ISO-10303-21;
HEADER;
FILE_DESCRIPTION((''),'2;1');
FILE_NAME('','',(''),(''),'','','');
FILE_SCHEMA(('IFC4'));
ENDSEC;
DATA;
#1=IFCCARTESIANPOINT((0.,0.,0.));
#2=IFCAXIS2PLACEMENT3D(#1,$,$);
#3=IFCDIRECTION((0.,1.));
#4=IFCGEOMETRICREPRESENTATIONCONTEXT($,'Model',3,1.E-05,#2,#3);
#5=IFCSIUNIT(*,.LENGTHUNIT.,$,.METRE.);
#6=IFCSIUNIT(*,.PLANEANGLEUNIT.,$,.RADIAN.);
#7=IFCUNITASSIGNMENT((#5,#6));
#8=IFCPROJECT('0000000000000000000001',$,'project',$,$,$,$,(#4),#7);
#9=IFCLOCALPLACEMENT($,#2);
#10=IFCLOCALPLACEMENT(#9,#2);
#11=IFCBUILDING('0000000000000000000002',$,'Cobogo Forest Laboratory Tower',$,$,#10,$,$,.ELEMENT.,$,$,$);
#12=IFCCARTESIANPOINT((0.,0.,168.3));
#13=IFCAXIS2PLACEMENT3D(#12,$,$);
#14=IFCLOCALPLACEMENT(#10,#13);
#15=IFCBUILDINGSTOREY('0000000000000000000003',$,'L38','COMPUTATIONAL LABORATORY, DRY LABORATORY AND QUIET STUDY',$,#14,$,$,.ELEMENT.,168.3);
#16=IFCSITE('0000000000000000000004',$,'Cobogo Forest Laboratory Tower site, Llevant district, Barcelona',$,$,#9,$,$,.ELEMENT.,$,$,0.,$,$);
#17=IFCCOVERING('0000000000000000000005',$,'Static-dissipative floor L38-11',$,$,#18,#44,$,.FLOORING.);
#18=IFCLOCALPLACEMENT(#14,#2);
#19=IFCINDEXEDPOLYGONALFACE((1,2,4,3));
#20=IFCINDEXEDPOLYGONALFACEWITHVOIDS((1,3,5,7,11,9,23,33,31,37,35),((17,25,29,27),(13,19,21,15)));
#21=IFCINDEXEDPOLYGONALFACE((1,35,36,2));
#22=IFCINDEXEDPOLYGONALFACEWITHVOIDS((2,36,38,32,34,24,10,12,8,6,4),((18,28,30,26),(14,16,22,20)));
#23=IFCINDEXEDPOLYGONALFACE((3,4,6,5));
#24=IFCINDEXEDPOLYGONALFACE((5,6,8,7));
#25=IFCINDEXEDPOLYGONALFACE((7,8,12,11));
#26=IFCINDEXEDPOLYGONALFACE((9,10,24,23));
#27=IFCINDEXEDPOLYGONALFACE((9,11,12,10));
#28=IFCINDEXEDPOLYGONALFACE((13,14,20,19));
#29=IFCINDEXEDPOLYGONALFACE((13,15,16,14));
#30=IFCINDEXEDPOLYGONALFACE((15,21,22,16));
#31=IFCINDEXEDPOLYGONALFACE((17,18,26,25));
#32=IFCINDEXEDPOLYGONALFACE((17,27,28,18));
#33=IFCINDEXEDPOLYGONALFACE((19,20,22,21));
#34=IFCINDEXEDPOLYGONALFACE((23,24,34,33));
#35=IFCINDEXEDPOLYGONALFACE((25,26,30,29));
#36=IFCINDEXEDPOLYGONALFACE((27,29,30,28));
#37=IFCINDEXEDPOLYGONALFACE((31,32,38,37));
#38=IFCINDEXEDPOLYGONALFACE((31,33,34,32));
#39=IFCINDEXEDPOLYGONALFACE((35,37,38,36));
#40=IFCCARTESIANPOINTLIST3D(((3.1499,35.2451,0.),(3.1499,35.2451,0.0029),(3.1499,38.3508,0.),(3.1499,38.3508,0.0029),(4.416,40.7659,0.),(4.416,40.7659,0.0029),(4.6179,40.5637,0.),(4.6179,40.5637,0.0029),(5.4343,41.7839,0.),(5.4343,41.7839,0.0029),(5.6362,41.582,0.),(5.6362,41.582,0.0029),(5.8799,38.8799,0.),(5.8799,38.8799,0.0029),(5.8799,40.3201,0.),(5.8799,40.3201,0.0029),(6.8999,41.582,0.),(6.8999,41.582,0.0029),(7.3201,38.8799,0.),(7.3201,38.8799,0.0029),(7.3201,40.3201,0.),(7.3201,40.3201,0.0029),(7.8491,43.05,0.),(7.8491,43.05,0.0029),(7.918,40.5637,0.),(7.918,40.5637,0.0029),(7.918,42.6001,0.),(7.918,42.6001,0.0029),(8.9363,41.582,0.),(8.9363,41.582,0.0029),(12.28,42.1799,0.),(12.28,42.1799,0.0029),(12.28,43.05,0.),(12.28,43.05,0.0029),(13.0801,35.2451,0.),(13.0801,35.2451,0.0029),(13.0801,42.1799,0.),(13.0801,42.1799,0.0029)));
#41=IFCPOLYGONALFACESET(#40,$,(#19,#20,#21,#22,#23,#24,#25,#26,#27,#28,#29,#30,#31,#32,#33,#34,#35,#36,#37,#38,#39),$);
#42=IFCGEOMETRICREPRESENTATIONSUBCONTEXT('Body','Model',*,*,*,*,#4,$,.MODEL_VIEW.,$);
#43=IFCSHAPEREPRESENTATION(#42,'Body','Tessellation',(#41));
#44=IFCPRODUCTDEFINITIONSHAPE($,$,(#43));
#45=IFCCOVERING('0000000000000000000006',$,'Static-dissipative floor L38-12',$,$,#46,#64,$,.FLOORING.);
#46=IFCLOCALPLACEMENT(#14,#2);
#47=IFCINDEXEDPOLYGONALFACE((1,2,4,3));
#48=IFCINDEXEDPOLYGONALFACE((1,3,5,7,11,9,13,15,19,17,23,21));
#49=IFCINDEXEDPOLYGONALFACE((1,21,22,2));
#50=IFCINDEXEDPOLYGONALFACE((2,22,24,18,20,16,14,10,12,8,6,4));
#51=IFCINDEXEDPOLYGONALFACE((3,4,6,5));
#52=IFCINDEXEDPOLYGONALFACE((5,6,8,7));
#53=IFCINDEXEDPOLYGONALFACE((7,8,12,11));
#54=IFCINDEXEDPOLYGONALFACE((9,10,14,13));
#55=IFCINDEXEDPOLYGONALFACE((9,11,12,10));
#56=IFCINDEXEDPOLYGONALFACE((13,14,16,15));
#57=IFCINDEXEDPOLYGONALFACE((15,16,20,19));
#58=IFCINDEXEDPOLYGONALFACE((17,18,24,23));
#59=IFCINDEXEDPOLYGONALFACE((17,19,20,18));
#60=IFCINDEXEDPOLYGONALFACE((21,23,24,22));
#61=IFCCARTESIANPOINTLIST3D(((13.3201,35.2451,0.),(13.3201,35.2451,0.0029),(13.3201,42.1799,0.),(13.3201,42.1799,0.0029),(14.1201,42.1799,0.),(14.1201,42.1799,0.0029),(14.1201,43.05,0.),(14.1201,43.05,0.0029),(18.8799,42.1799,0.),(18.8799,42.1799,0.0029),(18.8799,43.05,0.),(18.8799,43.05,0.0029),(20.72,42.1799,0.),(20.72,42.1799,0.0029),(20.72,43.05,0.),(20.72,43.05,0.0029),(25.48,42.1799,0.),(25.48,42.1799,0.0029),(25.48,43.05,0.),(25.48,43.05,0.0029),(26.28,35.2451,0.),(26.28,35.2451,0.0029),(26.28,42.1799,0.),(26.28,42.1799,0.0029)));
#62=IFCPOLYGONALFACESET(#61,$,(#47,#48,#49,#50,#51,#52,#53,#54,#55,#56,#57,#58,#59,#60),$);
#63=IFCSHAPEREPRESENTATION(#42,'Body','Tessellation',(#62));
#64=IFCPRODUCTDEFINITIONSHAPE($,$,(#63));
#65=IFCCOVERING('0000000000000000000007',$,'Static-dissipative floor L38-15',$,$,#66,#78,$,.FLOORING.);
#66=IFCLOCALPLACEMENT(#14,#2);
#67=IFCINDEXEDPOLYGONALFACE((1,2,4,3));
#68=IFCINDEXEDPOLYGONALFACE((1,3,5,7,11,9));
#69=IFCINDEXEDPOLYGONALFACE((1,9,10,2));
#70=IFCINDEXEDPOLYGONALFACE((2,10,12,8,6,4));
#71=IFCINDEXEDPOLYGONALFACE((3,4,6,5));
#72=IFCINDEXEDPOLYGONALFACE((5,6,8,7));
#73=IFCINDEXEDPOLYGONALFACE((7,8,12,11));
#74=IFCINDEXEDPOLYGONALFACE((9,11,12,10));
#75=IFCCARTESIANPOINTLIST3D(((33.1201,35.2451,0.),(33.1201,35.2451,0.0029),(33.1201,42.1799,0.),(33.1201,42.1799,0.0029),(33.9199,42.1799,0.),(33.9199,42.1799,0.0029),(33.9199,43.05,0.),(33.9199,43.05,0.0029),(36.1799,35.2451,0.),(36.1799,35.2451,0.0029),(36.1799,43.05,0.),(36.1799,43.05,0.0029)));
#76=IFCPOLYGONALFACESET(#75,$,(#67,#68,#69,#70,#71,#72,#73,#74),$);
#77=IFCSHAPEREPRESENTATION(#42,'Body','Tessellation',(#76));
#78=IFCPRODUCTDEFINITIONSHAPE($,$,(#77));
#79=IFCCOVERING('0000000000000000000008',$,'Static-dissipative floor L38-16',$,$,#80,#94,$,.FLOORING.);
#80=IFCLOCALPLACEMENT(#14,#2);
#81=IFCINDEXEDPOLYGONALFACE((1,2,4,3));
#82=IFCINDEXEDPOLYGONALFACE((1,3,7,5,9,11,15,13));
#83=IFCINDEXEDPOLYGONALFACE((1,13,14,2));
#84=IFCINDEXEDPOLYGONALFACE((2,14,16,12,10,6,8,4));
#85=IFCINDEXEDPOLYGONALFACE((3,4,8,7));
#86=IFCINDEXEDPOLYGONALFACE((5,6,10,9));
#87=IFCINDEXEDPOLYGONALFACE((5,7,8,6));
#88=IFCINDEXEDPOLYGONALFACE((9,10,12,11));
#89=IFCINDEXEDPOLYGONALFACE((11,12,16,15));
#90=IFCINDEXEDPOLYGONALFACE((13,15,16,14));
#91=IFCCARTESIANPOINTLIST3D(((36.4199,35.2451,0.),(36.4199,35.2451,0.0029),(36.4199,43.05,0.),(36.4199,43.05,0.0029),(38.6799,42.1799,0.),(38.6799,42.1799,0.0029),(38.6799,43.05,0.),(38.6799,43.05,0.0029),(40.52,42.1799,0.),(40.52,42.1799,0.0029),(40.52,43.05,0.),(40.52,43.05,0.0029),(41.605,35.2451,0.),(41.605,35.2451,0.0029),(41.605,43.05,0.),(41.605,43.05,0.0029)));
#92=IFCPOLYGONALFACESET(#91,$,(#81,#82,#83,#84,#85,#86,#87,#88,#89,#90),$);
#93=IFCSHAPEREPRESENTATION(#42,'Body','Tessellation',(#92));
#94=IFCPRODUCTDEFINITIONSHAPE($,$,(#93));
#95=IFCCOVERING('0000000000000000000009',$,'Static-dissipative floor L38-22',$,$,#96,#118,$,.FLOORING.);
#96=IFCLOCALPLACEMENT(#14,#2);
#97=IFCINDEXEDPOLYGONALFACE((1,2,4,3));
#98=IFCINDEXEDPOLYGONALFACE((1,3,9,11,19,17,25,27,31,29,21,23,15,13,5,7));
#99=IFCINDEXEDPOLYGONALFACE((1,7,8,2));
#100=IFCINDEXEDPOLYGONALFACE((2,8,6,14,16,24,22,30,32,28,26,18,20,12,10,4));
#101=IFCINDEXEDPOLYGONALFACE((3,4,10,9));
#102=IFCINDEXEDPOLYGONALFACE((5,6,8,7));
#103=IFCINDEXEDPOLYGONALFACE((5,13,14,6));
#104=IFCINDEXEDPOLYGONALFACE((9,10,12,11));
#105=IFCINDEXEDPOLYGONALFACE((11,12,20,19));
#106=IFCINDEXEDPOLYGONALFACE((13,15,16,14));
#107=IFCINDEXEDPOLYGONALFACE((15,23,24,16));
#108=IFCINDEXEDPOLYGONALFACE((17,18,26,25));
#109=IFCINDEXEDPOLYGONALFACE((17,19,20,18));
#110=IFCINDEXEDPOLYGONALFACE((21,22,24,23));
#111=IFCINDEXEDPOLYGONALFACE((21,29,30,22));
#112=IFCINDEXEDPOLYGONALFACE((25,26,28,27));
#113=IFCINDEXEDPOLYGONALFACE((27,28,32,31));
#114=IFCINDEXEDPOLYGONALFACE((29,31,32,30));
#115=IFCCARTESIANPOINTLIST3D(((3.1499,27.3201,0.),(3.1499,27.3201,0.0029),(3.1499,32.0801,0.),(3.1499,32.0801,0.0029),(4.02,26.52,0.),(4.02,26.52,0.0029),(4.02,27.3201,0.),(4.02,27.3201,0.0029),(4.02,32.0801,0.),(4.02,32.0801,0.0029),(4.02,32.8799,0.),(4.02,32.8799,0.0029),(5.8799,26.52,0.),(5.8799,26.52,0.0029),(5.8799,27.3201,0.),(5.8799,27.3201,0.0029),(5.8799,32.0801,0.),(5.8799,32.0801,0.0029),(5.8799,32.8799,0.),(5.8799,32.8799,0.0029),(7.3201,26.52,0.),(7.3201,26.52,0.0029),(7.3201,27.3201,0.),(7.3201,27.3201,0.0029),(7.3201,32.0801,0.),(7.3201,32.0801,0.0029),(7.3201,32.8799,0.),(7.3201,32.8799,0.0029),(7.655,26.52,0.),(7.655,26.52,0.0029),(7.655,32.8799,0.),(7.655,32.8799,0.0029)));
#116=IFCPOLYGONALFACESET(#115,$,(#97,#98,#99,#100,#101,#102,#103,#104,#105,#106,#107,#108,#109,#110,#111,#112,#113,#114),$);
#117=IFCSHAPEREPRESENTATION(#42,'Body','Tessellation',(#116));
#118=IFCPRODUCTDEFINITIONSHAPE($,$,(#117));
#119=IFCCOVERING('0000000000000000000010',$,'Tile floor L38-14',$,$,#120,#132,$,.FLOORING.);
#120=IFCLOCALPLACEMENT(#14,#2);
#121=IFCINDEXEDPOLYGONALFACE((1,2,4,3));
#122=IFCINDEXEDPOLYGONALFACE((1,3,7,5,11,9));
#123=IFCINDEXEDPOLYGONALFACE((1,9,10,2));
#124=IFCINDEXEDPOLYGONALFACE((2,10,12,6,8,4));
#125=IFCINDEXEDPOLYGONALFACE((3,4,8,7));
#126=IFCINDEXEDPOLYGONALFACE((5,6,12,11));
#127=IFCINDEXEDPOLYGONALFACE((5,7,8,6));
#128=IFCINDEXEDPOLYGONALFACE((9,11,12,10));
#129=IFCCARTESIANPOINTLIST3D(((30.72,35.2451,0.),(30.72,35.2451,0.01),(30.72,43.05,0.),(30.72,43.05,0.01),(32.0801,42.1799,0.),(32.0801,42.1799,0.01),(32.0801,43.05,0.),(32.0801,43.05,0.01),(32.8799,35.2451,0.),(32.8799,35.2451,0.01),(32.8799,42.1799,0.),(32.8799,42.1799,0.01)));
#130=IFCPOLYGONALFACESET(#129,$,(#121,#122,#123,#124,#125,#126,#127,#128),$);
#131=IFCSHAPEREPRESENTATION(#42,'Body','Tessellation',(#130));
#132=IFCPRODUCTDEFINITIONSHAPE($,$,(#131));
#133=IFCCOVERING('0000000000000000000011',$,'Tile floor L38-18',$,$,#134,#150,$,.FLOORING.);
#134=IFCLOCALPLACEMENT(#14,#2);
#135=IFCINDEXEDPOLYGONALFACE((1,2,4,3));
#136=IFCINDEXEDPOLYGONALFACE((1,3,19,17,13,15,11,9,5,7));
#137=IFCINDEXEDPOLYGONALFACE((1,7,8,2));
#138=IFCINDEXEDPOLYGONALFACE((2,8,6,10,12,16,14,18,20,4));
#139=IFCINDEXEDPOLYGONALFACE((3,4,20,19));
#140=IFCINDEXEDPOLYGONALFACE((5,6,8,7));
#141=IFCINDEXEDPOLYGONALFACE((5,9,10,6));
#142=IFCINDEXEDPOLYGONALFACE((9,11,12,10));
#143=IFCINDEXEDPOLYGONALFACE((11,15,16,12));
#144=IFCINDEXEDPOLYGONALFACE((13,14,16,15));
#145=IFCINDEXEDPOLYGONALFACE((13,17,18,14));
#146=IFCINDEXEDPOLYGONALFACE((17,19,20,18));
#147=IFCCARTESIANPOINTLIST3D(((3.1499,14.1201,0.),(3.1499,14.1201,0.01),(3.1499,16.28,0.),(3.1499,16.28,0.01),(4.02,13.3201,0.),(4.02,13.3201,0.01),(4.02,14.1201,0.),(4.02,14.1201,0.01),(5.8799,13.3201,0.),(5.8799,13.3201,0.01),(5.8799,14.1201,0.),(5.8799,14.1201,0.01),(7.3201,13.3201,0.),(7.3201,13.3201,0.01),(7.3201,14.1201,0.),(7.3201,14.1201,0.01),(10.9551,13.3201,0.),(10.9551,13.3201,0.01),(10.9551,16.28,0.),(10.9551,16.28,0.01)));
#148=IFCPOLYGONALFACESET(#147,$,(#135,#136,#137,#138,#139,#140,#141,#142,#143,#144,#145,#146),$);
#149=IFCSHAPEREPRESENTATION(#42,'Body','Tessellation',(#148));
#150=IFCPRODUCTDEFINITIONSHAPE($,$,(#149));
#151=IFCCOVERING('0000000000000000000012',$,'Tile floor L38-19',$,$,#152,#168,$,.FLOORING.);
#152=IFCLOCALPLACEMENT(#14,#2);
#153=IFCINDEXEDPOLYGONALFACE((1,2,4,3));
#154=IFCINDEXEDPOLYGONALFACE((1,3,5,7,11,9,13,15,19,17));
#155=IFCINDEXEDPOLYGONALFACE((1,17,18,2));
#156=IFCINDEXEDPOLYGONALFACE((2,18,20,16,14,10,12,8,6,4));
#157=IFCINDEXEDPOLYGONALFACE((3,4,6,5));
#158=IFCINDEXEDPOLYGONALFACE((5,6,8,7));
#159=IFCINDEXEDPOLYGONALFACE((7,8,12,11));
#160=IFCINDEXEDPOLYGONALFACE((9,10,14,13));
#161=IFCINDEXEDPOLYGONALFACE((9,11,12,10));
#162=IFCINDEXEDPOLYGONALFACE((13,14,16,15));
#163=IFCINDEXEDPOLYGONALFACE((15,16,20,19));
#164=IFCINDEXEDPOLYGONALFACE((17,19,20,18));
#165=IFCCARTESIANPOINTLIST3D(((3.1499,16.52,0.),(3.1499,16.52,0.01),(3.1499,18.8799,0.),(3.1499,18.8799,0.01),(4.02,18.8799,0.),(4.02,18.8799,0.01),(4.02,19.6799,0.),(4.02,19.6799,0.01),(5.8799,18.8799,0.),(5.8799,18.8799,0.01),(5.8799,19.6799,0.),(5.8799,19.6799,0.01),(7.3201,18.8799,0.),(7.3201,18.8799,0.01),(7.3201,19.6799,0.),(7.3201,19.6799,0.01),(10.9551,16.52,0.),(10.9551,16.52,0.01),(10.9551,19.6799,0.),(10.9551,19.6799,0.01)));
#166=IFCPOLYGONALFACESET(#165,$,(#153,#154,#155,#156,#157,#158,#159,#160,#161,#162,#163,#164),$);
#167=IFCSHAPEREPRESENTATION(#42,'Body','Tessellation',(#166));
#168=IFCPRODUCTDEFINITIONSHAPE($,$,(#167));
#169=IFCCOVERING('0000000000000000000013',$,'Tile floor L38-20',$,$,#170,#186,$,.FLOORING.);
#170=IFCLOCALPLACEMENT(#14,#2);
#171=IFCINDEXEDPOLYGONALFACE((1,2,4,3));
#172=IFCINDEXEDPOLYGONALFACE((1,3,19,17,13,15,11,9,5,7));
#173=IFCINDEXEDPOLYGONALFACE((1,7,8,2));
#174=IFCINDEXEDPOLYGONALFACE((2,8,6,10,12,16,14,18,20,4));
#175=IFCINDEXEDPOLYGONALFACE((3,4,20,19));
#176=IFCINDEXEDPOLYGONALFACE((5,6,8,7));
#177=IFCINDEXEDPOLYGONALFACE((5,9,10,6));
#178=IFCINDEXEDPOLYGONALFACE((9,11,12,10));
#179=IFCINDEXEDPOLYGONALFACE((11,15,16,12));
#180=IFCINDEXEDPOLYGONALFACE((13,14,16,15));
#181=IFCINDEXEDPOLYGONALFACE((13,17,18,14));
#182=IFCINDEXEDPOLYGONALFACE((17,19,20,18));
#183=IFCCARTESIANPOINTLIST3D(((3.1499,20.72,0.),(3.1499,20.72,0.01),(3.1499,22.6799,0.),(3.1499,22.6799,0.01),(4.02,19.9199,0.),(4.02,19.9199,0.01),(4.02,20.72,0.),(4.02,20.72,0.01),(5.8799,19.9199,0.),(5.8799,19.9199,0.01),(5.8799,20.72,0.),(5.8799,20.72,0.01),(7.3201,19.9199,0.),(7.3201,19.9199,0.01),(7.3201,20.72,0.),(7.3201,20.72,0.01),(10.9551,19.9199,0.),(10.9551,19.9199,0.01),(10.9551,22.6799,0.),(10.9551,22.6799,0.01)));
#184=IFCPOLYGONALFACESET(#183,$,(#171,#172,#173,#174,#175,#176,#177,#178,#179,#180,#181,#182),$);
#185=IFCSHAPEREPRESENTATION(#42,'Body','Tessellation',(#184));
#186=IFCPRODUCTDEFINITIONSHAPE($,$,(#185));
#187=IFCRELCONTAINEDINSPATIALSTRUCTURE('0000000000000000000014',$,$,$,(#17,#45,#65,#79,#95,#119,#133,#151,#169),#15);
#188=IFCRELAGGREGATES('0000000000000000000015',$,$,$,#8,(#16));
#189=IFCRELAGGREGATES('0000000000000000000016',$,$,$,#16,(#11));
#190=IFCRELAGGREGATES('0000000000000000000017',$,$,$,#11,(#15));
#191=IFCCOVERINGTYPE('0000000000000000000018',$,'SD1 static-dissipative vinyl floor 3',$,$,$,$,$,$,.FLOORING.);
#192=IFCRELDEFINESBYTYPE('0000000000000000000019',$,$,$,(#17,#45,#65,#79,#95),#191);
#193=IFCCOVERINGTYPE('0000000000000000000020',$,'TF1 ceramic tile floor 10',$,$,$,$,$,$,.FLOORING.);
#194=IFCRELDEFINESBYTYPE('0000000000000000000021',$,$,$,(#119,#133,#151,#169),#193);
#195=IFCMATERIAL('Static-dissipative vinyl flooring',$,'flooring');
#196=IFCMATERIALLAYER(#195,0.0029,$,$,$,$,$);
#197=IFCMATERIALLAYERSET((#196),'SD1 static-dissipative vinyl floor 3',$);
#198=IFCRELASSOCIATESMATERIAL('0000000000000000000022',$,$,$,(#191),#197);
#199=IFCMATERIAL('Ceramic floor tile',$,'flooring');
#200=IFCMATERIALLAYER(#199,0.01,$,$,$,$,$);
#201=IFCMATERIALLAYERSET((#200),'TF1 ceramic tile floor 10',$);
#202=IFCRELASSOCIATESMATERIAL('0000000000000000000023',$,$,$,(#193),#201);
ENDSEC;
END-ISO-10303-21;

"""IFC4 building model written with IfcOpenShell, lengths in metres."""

from ifc_helpers import new_model, si_unit, direction, frame, origin, place, context, subcontext, project, spatial, polyline, outline, extrude, material, layer, layer_set, type_object, element, save


model = new_model("IFC4")

# Units and contexts
model_context = context("Model", 3, precision=1e-05, world=origin(), true_north=direction((0.0, 1.0)))
body_context = subcontext(model_context, "Body", "Model", "MODEL_VIEW")
ifc_project = project(units=[si_unit("LENGTHUNIT", "METRE"), si_unit("PLANEANGLEUNIT", "RADIAN")], contexts=[model_context])

# Site, building, storey
site_placement = place(None, origin())
site = spatial("IfcSite", under=ifc_project, at=site_placement, Name="Cobogo Forest Laboratory Tower site, Llevant district, Barcelona", CompositionType="ELEMENT", RefElevation=0.0)
building_placement = place(site_placement, origin())
building = spatial("IfcBuilding", under=site, at=building_placement, Name="Cobogo Forest Laboratory Tower", CompositionType="ELEMENT")
storey_placement = place(building_placement, frame((0.0, 0.0, 168.3)))
storey = spatial("IfcBuildingStorey", under=building, at=storey_placement, Name="L38", Description="COMPUTATIONAL LABORATORY, DRY LABORATORY AND QUIET STUDY", CompositionType="ELEMENT", Elevation=168.3)

# Coverings
ifc_material_1 = material(Name="Static-dissipative vinyl flooring", Category="flooring")
ifc_layer_1 = layer(ifc_material_1, 0.0029)
ifc_layer_set_1 = layer_set([ifc_layer_1], Name="SD1 static-dissipative vinyl floor 3")
covering_type_1 = type_object("IfcCoveringType", Name="SD1 static-dissipative vinyl floor 3", PredefinedType="FLOORING", material=ifc_layer_set_1)
covering_1_placement = place(storey_placement, origin())
element("IfcCovering", 1, at=covering_1_placement, inside=storey, type_object=covering_type_1, Name="Static-dissipative floor L38-11", PredefinedType="FLOORING", context=body_context, shape_type="SweptSolid", body=[
    extrude(outline(polyline([(3.1499, 35.2451), (3.1499, 38.3508), (4.416, 40.7659), (4.6179, 40.5637), (5.6362, 41.582), (5.4343, 41.7839), (7.8491, 43.05), (12.28, 43.05), (12.28, 42.1799), (13.0801, 42.1799), (13.0801, 35.2451), (3.1499, 35.2451)]), holes=[polyline([(7.918, 40.5637), (8.9363, 41.582), (7.918, 42.6001), (6.8999, 41.582), (7.918, 40.5637)]), polyline([(5.8799, 38.8799), (7.3201, 38.8799), (7.3201, 40.3201), (5.8799, 40.3201), (5.8799, 38.8799)])]), origin(), (0.0, 0.0, 1.0), 0.0029),
])
covering_2_placement = place(storey_placement, origin())
element("IfcCovering", 2, at=covering_2_placement, inside=storey, type_object=covering_type_1, Name="Static-dissipative floor L38-12", PredefinedType="FLOORING", context=body_context, shape_type="SweptSolid", body=[
    extrude(outline(polyline([(13.3201, 35.2451), (13.3201, 42.1799), (14.1201, 42.1799), (14.1201, 43.05), (18.8799, 43.05), (18.8799, 42.1799), (20.72, 42.1799), (20.72, 43.05), (25.48, 43.05), (25.48, 42.1799), (26.28, 42.1799), (26.28, 35.2451), (13.3201, 35.2451)])), origin(), (0.0, 0.0, 1.0), 0.0029),
])
covering_3_placement = place(storey_placement, origin())
element("IfcCovering", 3, at=covering_3_placement, inside=storey, type_object=covering_type_1, Name="Static-dissipative floor L38-15", PredefinedType="FLOORING", context=body_context, shape_type="SweptSolid", body=[
    extrude(outline(polyline([(33.1201, 35.2451), (33.1201, 42.1799), (33.9199, 42.1799), (33.9199, 43.05), (36.1799, 43.05), (36.1799, 35.2451), (33.1201, 35.2451)])), origin(), (0.0, 0.0, 1.0), 0.0029),
])
covering_4_placement = place(storey_placement, origin())
element("IfcCovering", 4, at=covering_4_placement, inside=storey, type_object=covering_type_1, Name="Static-dissipative floor L38-16", PredefinedType="FLOORING", context=body_context, shape_type="SweptSolid", body=[
    extrude(outline(polyline([(36.4199, 35.2451), (36.4199, 43.05), (38.6799, 43.05), (38.6799, 42.1799), (40.52, 42.1799), (40.52, 43.05), (41.605, 43.05), (41.605, 35.2451), (36.4199, 35.2451)])), origin(), (0.0, 0.0, 1.0), 0.0029),
])
covering_5_placement = place(storey_placement, origin())
element("IfcCovering", 5, at=covering_5_placement, inside=storey, type_object=covering_type_1, Name="Static-dissipative floor L38-22", PredefinedType="FLOORING", context=body_context, shape_type="SweptSolid", body=[
    extrude(outline(polyline([(7.655, 26.52), (7.3201, 26.52), (7.3201, 27.3201), (5.8799, 27.3201), (5.8799, 26.52), (4.02, 26.52), (4.02, 27.3201), (3.1499, 27.3201), (3.1499, 32.0801), (4.02, 32.0801), (4.02, 32.8799), (5.8799, 32.8799), (5.8799, 32.0801), (7.3201, 32.0801), (7.3201, 32.8799), (7.655, 32.8799), (7.655, 26.52)])), origin(), (0.0, 0.0, 1.0), 0.0029),
])
ifc_material_2 = material(Name="Ceramic floor tile", Category="flooring")
ifc_layer_2 = layer(ifc_material_2, 0.01)
ifc_layer_set_2 = layer_set([ifc_layer_2], Name="TF1 ceramic tile floor 10")
covering_type_2 = type_object("IfcCoveringType", Name="TF1 ceramic tile floor 10", PredefinedType="FLOORING", material=ifc_layer_set_2)
covering_6_placement = place(storey_placement, origin())
element("IfcCovering", 6, at=covering_6_placement, inside=storey, type_object=covering_type_2, Name="Tile floor L38-14", PredefinedType="FLOORING", context=body_context, shape_type="SweptSolid", body=[
    extrude(outline(polyline([(30.72, 35.2451), (30.72, 43.05), (32.0801, 43.05), (32.0801, 42.1799), (32.8799, 42.1799), (32.8799, 35.2451), (30.72, 35.2451)])), origin(), (0.0, 0.0, 1.0), 0.01),
])
covering_7_placement = place(storey_placement, origin())
element("IfcCovering", 7, at=covering_7_placement, inside=storey, type_object=covering_type_2, Name="Tile floor L38-18", PredefinedType="FLOORING", context=body_context, shape_type="SweptSolid", body=[
    extrude(outline(polyline([(10.9551, 13.3201), (7.3201, 13.3201), (7.3201, 14.1201), (5.8799, 14.1201), (5.8799, 13.3201), (4.02, 13.3201), (4.02, 14.1201), (3.1499, 14.1201), (3.1499, 16.28), (10.9551, 16.28), (10.9551, 13.3201)])), origin(), (0.0, 0.0, 1.0), 0.01),
])
covering_8_placement = place(storey_placement, origin())
element("IfcCovering", 8, at=covering_8_placement, inside=storey, type_object=covering_type_2, Name="Tile floor L38-19", PredefinedType="FLOORING", context=body_context, shape_type="SweptSolid", body=[
    extrude(outline(polyline([(10.9551, 16.52), (3.1499, 16.52), (3.1499, 18.8799), (4.02, 18.8799), (4.02, 19.6799), (5.8799, 19.6799), (5.8799, 18.8799), (7.3201, 18.8799), (7.3201, 19.6799), (10.9551, 19.6799), (10.9551, 16.52)])), origin(), (0.0, 0.0, 1.0), 0.01),
])
covering_9_placement = place(storey_placement, origin())
element("IfcCovering", 9, at=covering_9_placement, inside=storey, type_object=covering_type_2, Name="Tile floor L38-20", PredefinedType="FLOORING", context=body_context, shape_type="SweptSolid", body=[
    extrude(outline(polyline([(10.9551, 19.9199), (7.3201, 19.9199), (7.3201, 20.72), (5.8799, 20.72), (5.8799, 19.9199), (4.02, 19.9199), (4.02, 20.72), (3.1499, 20.72), (3.1499, 22.6799), (10.9551, 22.6799), (10.9551, 19.9199)])), origin(), (0.0, 0.0, 1.0), 0.01),
])

save(model, "model.ifc")
